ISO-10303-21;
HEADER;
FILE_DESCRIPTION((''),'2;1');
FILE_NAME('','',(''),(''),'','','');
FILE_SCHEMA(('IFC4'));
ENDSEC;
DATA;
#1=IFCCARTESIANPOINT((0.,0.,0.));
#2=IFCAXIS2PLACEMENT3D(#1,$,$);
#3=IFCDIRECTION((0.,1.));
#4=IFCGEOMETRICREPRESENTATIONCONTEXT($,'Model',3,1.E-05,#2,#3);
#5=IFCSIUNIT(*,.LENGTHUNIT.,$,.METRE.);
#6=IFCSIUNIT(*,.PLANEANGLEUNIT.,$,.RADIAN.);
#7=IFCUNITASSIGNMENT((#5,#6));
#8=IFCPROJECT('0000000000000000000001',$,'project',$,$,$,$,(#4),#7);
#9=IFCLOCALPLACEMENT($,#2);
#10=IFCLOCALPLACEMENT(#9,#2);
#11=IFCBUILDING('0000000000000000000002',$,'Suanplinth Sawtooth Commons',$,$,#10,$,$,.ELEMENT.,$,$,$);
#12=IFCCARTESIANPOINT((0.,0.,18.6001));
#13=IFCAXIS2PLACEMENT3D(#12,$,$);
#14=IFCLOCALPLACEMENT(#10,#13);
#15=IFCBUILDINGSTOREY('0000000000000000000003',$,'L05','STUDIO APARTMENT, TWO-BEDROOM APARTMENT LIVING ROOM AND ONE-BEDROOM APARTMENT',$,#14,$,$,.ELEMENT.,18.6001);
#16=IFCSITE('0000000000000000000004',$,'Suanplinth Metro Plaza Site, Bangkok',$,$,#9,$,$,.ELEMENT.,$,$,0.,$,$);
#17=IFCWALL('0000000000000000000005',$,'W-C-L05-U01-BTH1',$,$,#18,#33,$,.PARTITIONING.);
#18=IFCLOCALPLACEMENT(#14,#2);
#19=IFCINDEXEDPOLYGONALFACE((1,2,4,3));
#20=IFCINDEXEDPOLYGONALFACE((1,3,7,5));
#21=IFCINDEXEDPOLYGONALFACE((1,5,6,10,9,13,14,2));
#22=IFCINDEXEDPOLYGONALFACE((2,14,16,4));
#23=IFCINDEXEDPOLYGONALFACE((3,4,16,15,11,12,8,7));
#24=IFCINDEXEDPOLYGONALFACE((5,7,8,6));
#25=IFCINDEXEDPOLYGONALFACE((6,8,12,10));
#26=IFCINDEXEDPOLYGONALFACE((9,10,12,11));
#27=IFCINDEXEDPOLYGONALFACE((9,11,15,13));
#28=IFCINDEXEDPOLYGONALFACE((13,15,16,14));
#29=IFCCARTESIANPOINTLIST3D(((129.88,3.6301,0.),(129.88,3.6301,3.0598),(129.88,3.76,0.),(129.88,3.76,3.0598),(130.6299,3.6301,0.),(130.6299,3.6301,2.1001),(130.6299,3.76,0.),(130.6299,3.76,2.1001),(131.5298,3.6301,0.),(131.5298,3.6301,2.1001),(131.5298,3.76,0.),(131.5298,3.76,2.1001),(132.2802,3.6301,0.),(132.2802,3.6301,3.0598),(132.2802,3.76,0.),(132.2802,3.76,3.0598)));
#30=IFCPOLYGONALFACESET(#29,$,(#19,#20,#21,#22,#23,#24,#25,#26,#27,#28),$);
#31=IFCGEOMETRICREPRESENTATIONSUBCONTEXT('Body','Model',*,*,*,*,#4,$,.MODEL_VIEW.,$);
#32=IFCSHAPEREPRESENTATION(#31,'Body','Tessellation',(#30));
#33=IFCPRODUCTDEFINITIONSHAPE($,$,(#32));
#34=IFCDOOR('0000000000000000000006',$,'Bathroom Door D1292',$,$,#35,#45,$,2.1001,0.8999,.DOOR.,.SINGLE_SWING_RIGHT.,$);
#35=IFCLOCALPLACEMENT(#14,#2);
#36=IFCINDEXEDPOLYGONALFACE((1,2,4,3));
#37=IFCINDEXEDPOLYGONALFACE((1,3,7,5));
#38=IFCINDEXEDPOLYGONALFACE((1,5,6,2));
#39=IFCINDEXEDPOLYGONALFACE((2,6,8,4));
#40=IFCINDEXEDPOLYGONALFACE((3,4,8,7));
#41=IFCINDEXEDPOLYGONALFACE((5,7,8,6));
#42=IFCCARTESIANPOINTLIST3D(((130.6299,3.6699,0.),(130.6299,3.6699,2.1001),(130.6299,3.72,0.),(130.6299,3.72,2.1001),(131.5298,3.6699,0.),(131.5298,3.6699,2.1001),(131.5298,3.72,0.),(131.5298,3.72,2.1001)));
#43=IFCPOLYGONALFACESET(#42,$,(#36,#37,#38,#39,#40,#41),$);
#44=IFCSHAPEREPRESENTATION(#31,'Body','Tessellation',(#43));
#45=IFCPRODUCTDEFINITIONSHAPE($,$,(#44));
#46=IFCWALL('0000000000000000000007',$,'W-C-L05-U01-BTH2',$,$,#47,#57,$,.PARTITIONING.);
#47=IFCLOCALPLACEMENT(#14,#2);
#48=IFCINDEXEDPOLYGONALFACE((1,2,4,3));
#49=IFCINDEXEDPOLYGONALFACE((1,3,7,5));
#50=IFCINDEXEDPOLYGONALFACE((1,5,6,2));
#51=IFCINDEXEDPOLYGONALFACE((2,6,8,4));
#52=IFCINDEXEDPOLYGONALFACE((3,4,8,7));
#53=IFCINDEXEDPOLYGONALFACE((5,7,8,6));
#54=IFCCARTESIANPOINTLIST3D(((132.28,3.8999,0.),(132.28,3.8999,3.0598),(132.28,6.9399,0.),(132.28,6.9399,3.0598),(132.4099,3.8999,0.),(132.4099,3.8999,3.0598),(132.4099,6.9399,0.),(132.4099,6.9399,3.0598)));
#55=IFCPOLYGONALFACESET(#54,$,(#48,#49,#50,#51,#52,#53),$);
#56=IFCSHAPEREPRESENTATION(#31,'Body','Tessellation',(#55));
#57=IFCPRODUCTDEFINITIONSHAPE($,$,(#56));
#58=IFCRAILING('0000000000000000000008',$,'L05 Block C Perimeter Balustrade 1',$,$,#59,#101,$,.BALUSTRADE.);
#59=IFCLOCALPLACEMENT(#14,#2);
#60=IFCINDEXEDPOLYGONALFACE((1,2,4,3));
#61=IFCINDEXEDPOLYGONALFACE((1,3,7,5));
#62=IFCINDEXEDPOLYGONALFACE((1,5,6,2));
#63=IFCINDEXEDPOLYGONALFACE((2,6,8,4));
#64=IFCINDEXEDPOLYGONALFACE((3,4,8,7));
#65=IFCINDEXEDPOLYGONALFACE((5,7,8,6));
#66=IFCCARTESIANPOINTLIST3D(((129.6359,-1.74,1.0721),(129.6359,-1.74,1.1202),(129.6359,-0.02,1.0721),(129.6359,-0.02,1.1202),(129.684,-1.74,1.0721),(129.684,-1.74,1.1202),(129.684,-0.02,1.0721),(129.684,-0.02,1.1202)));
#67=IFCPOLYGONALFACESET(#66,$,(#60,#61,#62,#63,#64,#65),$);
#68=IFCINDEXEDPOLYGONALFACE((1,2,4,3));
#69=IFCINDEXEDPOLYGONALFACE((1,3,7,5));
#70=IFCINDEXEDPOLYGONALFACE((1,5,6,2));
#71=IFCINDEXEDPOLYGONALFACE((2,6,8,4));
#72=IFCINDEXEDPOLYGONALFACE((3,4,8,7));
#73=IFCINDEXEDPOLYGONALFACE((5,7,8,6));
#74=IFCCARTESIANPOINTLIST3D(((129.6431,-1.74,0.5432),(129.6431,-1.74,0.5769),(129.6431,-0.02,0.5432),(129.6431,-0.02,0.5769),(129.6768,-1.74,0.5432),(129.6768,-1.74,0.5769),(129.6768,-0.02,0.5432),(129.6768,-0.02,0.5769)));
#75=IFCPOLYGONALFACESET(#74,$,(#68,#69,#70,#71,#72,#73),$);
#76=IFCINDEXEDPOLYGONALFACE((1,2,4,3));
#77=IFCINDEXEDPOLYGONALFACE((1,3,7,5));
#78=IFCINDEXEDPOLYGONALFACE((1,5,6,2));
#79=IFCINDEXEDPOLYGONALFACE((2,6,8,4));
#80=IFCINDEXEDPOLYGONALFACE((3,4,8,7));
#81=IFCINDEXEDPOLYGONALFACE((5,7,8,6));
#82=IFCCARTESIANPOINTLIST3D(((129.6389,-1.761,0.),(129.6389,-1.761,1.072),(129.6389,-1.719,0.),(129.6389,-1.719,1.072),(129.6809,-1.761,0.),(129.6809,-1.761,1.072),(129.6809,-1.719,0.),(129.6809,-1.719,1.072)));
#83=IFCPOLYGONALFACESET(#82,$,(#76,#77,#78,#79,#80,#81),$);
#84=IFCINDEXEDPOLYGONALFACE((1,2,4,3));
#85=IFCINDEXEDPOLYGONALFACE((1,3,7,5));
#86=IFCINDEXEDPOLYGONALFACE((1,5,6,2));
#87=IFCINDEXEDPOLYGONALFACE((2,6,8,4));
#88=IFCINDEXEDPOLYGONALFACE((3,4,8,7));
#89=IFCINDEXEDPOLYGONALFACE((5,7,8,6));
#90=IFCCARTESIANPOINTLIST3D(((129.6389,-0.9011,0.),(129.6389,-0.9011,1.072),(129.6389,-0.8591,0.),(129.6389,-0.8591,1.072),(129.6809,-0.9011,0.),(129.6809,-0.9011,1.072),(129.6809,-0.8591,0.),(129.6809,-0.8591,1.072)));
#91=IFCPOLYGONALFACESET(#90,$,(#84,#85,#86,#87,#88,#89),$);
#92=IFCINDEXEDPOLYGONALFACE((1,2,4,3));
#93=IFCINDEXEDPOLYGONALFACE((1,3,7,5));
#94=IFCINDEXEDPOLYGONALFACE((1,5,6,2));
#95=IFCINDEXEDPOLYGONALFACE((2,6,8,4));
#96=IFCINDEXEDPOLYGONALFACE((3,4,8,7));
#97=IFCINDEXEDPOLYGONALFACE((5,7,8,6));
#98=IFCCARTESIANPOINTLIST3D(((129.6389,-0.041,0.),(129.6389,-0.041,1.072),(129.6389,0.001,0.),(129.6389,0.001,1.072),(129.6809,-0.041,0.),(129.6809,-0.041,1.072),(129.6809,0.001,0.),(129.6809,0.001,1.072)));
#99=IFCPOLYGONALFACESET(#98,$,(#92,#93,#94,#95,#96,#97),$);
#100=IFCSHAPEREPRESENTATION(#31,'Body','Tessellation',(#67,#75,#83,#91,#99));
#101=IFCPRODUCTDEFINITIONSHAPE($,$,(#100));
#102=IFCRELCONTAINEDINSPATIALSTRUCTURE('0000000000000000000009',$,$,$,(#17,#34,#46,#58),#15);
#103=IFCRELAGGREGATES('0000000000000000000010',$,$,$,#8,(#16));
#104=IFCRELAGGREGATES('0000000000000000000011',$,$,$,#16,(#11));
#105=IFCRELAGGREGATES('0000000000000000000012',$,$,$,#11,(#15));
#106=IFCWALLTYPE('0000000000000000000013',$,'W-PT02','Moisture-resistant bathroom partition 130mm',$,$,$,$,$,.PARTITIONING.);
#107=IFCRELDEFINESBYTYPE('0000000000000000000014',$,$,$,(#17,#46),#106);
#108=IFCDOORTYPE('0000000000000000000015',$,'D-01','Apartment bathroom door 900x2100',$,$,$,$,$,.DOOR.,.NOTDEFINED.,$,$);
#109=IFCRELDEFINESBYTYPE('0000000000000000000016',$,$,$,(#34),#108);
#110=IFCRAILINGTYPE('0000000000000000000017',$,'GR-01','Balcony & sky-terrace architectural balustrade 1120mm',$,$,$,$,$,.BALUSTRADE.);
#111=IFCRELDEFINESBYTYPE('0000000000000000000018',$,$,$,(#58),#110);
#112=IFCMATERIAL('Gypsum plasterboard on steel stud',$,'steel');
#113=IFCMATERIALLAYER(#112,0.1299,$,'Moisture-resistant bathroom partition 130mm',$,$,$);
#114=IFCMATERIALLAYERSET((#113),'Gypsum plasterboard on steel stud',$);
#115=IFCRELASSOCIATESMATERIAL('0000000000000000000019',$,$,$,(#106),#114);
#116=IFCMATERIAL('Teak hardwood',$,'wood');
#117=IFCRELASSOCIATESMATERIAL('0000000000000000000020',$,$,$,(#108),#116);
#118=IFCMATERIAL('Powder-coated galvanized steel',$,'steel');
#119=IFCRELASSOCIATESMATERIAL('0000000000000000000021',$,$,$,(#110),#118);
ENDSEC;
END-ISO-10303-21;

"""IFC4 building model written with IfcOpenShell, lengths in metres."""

from ifc_helpers import new_model, si_unit, direction, frame, frame_2d, origin, origin_2d, place, context, subcontext, project, spatial, rectangle, extrude, material, layer, layer_set, type_object, element, fill, save


model = new_model("IFC4")

# Units and contexts
model_context = context("Model", 3, precision=1e-05, world=origin(), true_north=direction((0.0, 1.0)))
body_context = subcontext(model_context, "Body", "Model", "MODEL_VIEW")
ifc_project = project(units=[si_unit("LENGTHUNIT", "METRE"), si_unit("PLANEANGLEUNIT", "RADIAN")], contexts=[model_context])

# Site, building, storey
site_placement = place(None, origin())
site = spatial("IfcSite", under=ifc_project, at=site_placement, Name="Suanplinth Metro Plaza Site, Bangkok", CompositionType="ELEMENT", RefElevation=0.0)
building_placement = place(site_placement, origin())
building = spatial("IfcBuilding", under=site, at=building_placement, Name="Suanplinth Sawtooth Commons", CompositionType="ELEMENT")
storey_placement = place(building_placement, frame((0.0, 0.0, 18.6001)))
storey = spatial("IfcBuildingStorey", under=building, at=storey_placement, Name="L05", Description="STUDIO APARTMENT, TWO-BEDROOM APARTMENT LIVING ROOM AND ONE-BEDROOM APARTMENT", CompositionType="ELEMENT", Elevation=18.6001)

# Shared definitions
ifc_material_1 = material(Name="Teak hardwood", Category="wood")
ifc_material_2 = material(Name="Gypsum plasterboard on steel stud", Category="steel")

# Wall, opening, door
ifc_layer_1 = layer(ifc_material_2, 0.1299, Name="Moisture-resistant bathroom partition 130mm")
ifc_layer_set_1 = layer_set([ifc_layer_1], Name="Gypsum plasterboard on steel stud")
wall_type_1 = type_object("IfcWallType", Name="W-PT02", Description="Moisture-resistant bathroom partition 130mm", PredefinedType="PARTITIONING", material=ifc_layer_set_1)
wall_1_placement = place(storey_placement, frame((129.8799, 3.6951, 0.0), z_axis=(0.0, 0.0, 1.0), x_axis=(1.0, 0.0, 0.0)))
wall_1 = element("IfcWall", 1, at=wall_1_placement, inside=storey, type_object=wall_type_1, Name="W-C-L05-U01-BTH1", PredefinedType="PARTITIONING", context=body_context, shape_type="SweptSolid", body=[
    extrude(rectangle(XDim=2.4001, YDim=0.1299, at=frame_2d((1.2002, 0.0))), origin(), (0.0, 0.0, 1.0), 3.0598),
])
opening_1_placement = place(wall_1_placement, frame((0.75, 0.0, 0.0)))
opening_1 = element("IfcOpeningElement", 2, at=opening_1_placement, cuts=wall_1, PredefinedType="OPENING", context=body_context, shape_type="SweptSolid", body=[
    extrude(rectangle(XDim=0.8999, YDim=2.1001, at=frame_2d((0.45, 1.05))), frame((0.0, 0.0798, 0.0), z_axis=(0.0, -1.0, 0.0), x_axis=(1.0, 0.0, 0.0)), (0.0, 0.0, 1.0), 0.1597),
])
door_type_1 = type_object("IfcDoorType", Name="D-01", Description="Apartment bathroom door 900x2100", OperationType="NOTDEFINED", PredefinedType="DOOR", material=ifc_material_1)
door_1_placement = place(opening_1_placement, origin())
door_1 = element("IfcDoor", 3, at=door_1_placement, inside=storey, type_object=door_type_1, Name="Bathroom Door D1292", OperationType="SINGLE_SWING_RIGHT", OverallHeight=2.1001, OverallWidth=0.8999, PredefinedType="DOOR", context=body_context, shape_type="SweptSolid", body=[
    extrude(rectangle(XDim=0.8999, YDim=2.1001, at=frame_2d((0.45, 1.05))), frame((0.0, 0.0249, 0.0), z_axis=(0.0, -1.0, 0.0), x_axis=(1.0, 0.0, 0.0)), (0.0, 0.0, 1.0), 0.05),
])
fill(opening_1, door_1)

# Wall
wall_2_placement = place(storey_placement, frame((132.345, 3.8999, 0.0), z_axis=(0.0, 0.0, 1.0), x_axis=(0.0, 1.0, 0.0)))
element("IfcWall", 4, at=wall_2_placement, inside=storey, type_object=wall_type_1, Name="W-C-L05-U01-BTH2", PredefinedType="PARTITIONING", context=body_context, shape_type="SweptSolid", body=[
    extrude(rectangle(XDim=3.04, YDim=0.1299, at=frame_2d((1.52, 0.0))), origin(), (0.0, 0.0, 1.0), 3.0598),
])

# Railing
ifc_material_3 = material(Name="Powder-coated galvanized steel", Category="steel")
railing_type = type_object("IfcRailingType", Name="GR-01", Description="Balcony & sky-terrace architectural balustrade 1120mm", PredefinedType="BALUSTRADE", material=ifc_material_3)
railing_placement = place(storey_placement, frame((129.6599, -1.74, 0.0)))
element("IfcRailing", 5, at=railing_placement, inside=storey, type_object=railing_type, Name="L05 Block C Perimeter Balustrade 1", PredefinedType="BALUSTRADE", context=body_context, shape_type="SweptSolid", body=[
    extrude(rectangle(XDim=0.0481, YDim=0.0481, at=origin_2d()), frame((0.0, 0.0, 1.0962), z_axis=(0.0, 1.0, 0.0), x_axis=(-1.0, 0.0, 0.0)), (0.0, 0.0, 1.0), 1.72),
    extrude(rectangle(XDim=0.0337, YDim=0.0337, at=origin_2d()), frame((0.0, 0.0, 0.5601), z_axis=(0.0, 1.0, 0.0), x_axis=(-1.0, 0.0, 0.0)), (0.0, 0.0, 1.0), 1.72),
    extrude(rectangle(XDim=0.042, YDim=0.042, at=origin_2d()), origin(), (0.0, 0.0, 1.0), 1.072),
    extrude(rectangle(XDim=0.042, YDim=0.042, at=origin_2d()), frame((0.0, 0.8599, 0.0)), (0.0, 0.0, 1.0), 1.072),
    extrude(rectangle(XDim=0.042, YDim=0.042, at=origin_2d()), frame((0.0, 1.72, 0.0)), (0.0, 0.0, 1.0), 1.072),
])

save(model, "model.ifc")
